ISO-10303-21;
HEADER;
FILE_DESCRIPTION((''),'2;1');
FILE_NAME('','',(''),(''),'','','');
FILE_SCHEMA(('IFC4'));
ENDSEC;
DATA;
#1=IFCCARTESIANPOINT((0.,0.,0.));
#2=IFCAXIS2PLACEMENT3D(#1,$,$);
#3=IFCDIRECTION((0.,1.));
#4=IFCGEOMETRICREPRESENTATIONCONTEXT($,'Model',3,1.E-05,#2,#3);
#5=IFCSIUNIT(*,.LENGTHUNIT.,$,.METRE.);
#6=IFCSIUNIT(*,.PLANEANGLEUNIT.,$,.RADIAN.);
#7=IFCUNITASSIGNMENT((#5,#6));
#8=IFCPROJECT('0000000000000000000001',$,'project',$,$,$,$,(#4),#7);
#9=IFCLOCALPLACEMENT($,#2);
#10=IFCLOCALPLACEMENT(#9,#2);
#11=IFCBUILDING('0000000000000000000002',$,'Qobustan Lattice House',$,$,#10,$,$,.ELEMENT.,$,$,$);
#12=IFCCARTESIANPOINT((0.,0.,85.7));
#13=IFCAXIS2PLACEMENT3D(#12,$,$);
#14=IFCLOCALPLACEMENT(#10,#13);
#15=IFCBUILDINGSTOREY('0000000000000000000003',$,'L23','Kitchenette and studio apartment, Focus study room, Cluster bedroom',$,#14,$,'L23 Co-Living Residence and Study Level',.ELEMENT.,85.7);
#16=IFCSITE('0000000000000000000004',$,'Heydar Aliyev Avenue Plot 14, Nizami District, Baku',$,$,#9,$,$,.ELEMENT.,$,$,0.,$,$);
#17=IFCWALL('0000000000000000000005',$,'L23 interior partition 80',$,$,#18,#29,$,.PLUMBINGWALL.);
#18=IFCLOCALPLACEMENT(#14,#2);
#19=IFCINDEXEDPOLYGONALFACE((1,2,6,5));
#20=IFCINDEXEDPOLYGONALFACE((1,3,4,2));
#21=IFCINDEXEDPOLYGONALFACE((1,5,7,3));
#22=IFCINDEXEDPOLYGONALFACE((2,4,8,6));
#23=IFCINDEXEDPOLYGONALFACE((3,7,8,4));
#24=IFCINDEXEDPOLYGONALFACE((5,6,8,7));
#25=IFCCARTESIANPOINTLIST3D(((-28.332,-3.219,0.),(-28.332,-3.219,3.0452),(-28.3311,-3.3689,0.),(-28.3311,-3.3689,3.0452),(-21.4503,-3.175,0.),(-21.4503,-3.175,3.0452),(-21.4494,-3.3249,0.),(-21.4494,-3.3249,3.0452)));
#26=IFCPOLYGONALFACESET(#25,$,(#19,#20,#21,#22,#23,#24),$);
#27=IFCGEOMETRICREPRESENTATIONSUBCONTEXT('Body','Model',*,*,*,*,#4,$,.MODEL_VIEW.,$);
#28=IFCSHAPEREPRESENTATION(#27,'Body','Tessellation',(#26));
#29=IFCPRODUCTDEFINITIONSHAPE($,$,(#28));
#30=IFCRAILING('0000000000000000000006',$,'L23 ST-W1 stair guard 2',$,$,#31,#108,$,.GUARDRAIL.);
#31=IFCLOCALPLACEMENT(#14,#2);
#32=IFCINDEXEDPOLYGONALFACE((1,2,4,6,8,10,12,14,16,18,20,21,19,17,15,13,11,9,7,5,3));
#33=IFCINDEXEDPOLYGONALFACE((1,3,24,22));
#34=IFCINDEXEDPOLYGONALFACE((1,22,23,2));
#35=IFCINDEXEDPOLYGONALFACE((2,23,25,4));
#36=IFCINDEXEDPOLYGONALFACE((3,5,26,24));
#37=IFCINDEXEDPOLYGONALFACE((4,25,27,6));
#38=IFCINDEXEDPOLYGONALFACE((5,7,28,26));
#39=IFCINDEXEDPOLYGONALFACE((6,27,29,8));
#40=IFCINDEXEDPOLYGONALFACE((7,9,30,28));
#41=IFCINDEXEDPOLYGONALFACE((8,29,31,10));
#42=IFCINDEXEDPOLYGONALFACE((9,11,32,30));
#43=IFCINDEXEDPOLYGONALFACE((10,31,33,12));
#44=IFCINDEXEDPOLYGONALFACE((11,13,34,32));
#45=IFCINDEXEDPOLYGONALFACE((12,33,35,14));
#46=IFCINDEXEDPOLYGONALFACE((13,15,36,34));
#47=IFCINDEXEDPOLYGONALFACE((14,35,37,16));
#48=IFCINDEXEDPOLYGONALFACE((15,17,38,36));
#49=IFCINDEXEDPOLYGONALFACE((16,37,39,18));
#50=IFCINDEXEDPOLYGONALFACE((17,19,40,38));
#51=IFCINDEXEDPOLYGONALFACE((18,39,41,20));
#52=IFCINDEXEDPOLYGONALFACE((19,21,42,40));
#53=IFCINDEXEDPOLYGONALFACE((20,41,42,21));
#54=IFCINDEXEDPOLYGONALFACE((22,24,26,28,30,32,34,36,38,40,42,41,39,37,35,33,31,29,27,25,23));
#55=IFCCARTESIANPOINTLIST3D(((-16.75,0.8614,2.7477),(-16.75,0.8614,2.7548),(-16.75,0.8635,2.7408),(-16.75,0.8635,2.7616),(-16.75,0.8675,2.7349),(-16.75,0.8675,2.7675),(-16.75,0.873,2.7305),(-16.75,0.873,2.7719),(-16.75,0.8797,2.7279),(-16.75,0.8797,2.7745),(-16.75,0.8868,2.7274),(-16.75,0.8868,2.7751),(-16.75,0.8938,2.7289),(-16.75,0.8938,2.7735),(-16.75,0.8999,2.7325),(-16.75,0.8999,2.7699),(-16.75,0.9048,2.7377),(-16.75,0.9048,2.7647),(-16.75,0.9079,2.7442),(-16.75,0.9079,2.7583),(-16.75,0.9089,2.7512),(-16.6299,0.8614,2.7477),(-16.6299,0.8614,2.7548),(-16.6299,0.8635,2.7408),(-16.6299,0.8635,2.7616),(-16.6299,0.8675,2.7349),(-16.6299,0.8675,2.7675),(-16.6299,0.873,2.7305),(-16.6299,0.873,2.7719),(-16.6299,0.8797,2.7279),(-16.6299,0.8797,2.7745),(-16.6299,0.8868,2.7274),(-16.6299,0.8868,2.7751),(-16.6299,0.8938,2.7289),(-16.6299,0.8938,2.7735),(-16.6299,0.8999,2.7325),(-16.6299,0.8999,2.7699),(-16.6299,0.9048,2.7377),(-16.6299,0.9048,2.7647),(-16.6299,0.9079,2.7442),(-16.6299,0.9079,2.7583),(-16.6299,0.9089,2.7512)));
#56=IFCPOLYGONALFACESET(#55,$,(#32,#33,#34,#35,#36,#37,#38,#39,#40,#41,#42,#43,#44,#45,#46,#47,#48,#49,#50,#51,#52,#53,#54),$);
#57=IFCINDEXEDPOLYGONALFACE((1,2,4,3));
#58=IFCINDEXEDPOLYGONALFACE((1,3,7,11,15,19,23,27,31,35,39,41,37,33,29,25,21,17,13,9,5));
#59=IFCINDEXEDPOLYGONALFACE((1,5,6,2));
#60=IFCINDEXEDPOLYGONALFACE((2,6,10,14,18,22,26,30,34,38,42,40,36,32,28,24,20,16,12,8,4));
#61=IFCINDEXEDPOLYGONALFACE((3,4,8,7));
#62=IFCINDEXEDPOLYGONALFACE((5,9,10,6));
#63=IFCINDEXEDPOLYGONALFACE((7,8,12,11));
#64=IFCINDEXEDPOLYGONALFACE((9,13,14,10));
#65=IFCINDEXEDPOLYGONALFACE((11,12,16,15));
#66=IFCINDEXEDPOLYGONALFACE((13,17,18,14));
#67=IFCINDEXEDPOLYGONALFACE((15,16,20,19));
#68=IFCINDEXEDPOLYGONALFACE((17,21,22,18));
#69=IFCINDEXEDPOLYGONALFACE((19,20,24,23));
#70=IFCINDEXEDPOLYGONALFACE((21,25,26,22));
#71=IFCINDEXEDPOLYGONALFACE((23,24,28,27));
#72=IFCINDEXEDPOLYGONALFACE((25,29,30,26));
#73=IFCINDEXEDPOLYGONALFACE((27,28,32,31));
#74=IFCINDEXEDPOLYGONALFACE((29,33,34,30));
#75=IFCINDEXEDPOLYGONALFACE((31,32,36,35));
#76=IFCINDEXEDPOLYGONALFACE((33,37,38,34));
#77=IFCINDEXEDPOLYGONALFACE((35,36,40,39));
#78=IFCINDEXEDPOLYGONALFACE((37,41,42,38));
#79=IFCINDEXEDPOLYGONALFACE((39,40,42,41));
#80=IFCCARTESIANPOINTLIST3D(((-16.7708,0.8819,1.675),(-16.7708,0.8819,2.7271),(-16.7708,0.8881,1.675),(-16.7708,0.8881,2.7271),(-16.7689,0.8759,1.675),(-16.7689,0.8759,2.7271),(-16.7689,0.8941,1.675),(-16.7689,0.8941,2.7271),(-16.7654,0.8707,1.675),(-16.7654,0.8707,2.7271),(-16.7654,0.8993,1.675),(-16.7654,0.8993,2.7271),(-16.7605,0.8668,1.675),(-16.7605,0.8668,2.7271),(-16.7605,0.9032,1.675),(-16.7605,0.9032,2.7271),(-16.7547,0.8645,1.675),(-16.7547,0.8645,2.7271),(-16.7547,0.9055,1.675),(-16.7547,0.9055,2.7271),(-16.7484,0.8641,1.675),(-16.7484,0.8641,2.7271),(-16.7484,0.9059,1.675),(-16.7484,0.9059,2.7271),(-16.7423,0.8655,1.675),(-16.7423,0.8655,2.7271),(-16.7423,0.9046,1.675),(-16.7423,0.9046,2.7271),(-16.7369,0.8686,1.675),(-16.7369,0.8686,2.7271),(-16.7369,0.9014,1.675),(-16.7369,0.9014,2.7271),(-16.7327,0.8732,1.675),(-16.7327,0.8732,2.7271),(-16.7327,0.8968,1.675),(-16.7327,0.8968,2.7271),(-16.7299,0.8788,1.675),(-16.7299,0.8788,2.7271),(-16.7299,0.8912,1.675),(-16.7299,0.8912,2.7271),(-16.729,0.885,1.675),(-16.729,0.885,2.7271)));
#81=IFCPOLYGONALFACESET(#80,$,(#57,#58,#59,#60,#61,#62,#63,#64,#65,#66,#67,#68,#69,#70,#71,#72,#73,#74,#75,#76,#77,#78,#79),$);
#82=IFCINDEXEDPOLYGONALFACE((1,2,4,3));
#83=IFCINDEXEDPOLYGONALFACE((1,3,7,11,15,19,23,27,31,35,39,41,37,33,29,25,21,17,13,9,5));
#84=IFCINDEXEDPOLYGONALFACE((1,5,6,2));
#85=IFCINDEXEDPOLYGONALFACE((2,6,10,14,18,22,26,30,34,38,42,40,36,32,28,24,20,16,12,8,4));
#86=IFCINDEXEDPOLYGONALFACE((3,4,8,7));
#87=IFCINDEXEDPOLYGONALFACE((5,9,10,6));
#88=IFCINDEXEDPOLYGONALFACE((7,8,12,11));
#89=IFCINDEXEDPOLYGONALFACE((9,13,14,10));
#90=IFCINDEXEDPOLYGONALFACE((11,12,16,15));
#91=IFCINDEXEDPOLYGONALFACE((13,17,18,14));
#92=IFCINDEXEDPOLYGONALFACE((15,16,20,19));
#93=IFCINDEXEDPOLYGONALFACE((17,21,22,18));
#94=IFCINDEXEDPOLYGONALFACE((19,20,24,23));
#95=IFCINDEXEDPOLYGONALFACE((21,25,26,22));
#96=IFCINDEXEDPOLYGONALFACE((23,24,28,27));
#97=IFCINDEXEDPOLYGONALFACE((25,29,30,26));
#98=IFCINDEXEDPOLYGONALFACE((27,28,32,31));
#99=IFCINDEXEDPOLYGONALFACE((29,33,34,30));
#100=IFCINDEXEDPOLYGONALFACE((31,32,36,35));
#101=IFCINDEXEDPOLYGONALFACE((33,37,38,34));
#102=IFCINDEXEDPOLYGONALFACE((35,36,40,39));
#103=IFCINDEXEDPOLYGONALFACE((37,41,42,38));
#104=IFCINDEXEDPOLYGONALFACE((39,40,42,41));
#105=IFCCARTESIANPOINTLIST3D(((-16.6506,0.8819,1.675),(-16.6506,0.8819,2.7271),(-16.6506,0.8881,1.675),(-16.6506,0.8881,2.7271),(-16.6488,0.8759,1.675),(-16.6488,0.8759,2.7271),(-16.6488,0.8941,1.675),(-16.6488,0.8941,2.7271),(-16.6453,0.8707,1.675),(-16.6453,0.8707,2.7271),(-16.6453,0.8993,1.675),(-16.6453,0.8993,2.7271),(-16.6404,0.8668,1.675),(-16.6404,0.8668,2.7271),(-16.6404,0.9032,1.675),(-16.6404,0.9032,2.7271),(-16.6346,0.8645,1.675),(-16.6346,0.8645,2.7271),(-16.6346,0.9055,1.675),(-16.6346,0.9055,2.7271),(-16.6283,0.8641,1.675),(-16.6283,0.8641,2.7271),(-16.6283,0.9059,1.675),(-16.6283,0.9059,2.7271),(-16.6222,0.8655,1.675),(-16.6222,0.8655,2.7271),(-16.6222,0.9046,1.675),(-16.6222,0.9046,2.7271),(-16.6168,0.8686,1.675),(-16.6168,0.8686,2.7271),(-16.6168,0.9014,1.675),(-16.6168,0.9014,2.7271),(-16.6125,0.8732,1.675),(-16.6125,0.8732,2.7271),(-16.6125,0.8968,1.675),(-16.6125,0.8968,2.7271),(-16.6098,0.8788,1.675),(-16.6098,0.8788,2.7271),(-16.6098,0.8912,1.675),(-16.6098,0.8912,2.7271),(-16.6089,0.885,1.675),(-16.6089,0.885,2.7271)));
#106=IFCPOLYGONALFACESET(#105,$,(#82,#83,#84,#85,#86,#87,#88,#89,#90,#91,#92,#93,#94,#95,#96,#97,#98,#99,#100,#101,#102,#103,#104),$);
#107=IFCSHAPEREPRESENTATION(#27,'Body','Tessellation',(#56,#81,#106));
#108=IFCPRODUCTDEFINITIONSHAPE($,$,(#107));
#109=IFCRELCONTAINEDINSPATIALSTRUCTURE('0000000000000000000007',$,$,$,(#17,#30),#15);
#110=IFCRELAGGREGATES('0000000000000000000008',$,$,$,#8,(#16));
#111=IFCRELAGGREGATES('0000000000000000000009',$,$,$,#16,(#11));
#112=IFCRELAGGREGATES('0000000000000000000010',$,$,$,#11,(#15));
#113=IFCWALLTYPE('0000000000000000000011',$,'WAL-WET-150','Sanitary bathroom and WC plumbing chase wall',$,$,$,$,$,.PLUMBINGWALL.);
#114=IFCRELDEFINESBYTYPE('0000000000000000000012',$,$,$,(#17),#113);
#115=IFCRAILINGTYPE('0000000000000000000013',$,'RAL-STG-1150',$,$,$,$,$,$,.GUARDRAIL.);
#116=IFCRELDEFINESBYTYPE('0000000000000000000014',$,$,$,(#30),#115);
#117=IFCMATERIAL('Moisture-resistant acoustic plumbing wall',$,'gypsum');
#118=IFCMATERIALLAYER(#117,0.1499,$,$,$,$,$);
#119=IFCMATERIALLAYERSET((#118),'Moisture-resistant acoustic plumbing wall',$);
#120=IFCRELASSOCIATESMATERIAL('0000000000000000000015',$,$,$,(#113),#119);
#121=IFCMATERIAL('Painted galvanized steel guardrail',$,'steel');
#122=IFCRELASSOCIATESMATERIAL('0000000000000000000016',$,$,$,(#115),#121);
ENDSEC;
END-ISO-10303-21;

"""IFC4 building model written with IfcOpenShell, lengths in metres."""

from ifc_helpers import new_model, si_unit, direction, frame, frame_2d, origin, origin_2d, place, context, subcontext, project, spatial, rectangle, circle, extrude, material, layer, layer_set, type_object, element, save


model = new_model("IFC4")

# Units and contexts
model_context = context("Model", 3, precision=1e-05, world=origin(), true_north=direction((0.0, 1.0)))
body_context = subcontext(model_context, "Body", "Model", "MODEL_VIEW")
ifc_project = project(units=[si_unit("LENGTHUNIT", "METRE"), si_unit("PLANEANGLEUNIT", "RADIAN")], contexts=[model_context])

# Site, building, storey
site_placement = place(None, origin())
site = spatial("IfcSite", under=ifc_project, at=site_placement, Name="Heydar Aliyev Avenue Plot 14, Nizami District, Baku", CompositionType="ELEMENT", RefElevation=0.0)
building_placement = place(site_placement, origin())
building = spatial("IfcBuilding", under=site, at=building_placement, Name="Qobustan Lattice House", CompositionType="ELEMENT")
storey_placement = place(building_placement, frame((0.0, 0.0, 85.7)))
storey = spatial("IfcBuildingStorey", under=building, at=storey_placement, Name="L23", Description="Kitchenette and studio apartment, Focus study room, Cluster bedroom", LongName="L23 Co-Living Residence and Study Level", CompositionType="ELEMENT", Elevation=85.7)

# Shared definitions
ifc_material_1 = material(Name="Moisture-resistant acoustic plumbing wall", Category="gypsum")
ifc_layer_1 = layer(ifc_material_1, 0.1499)
ifc_layer_set_1 = layer_set([ifc_layer_1], Name="Moisture-resistant acoustic plumbing wall")
wall_type_1 = type_object("IfcWallType", Name="WAL-WET-150", Description="Sanitary bathroom and WC plumbing chase wall", PredefinedType="PLUMBINGWALL", material=ifc_layer_set_1)

# Wall
wall_1_placement = place(storey_placement, frame((-28.3315, -3.2939, 0.0), z_axis=(0.0, 0.0, 1.0), x_axis=(0.99998, 0.006386, 0.0)))
element("IfcWall", 1, at=wall_1_placement, inside=storey, type_object=wall_type_1, Name="L23 interior partition 80", PredefinedType="PLUMBINGWALL", context=body_context, shape_type="SweptSolid", body=[
    extrude(rectangle(XDim=6.8818, YDim=0.1499, at=frame_2d((3.4409, 0.0))), origin(), (0.0, 0.0, 1.0), 3.0452),
])

# Railing
ifc_material_2 = material(Name="Painted galvanized steel guardrail", Category="steel")
railing_type = type_object("IfcRailingType", Name="RAL-STG-1150", PredefinedType="GUARDRAIL", material=ifc_material_2)
railing_1_placement = place(storey_placement, frame((-16.75, 0.885, 1.675)))
element("IfcRailing", 2, at=railing_1_placement, inside=storey, type_object=railing_type, Name="L23 ST-W1 stair guard 2", PredefinedType="GUARDRAIL", context=body_context, shape_type="SweptSolid", body=[
    extrude(circle(Radius=0.0239, at=origin_2d()), frame((0.0, 0.0, 1.0762), z_axis=(1.0, 0.0, 0.0), x_axis=(0.0, 1.0, 0.0)), (0.0, 0.0, 1.0), 0.1201),
    extrude(circle(Radius=0.021, at=origin_2d()), origin(), (0.0, 0.0, 1.0), 1.052),
    extrude(circle(Radius=0.021, at=origin_2d()), frame((0.1201, 0.0, 0.0)), (0.0, 0.0, 1.0), 1.052),
])

save(model, "model.ifc")
